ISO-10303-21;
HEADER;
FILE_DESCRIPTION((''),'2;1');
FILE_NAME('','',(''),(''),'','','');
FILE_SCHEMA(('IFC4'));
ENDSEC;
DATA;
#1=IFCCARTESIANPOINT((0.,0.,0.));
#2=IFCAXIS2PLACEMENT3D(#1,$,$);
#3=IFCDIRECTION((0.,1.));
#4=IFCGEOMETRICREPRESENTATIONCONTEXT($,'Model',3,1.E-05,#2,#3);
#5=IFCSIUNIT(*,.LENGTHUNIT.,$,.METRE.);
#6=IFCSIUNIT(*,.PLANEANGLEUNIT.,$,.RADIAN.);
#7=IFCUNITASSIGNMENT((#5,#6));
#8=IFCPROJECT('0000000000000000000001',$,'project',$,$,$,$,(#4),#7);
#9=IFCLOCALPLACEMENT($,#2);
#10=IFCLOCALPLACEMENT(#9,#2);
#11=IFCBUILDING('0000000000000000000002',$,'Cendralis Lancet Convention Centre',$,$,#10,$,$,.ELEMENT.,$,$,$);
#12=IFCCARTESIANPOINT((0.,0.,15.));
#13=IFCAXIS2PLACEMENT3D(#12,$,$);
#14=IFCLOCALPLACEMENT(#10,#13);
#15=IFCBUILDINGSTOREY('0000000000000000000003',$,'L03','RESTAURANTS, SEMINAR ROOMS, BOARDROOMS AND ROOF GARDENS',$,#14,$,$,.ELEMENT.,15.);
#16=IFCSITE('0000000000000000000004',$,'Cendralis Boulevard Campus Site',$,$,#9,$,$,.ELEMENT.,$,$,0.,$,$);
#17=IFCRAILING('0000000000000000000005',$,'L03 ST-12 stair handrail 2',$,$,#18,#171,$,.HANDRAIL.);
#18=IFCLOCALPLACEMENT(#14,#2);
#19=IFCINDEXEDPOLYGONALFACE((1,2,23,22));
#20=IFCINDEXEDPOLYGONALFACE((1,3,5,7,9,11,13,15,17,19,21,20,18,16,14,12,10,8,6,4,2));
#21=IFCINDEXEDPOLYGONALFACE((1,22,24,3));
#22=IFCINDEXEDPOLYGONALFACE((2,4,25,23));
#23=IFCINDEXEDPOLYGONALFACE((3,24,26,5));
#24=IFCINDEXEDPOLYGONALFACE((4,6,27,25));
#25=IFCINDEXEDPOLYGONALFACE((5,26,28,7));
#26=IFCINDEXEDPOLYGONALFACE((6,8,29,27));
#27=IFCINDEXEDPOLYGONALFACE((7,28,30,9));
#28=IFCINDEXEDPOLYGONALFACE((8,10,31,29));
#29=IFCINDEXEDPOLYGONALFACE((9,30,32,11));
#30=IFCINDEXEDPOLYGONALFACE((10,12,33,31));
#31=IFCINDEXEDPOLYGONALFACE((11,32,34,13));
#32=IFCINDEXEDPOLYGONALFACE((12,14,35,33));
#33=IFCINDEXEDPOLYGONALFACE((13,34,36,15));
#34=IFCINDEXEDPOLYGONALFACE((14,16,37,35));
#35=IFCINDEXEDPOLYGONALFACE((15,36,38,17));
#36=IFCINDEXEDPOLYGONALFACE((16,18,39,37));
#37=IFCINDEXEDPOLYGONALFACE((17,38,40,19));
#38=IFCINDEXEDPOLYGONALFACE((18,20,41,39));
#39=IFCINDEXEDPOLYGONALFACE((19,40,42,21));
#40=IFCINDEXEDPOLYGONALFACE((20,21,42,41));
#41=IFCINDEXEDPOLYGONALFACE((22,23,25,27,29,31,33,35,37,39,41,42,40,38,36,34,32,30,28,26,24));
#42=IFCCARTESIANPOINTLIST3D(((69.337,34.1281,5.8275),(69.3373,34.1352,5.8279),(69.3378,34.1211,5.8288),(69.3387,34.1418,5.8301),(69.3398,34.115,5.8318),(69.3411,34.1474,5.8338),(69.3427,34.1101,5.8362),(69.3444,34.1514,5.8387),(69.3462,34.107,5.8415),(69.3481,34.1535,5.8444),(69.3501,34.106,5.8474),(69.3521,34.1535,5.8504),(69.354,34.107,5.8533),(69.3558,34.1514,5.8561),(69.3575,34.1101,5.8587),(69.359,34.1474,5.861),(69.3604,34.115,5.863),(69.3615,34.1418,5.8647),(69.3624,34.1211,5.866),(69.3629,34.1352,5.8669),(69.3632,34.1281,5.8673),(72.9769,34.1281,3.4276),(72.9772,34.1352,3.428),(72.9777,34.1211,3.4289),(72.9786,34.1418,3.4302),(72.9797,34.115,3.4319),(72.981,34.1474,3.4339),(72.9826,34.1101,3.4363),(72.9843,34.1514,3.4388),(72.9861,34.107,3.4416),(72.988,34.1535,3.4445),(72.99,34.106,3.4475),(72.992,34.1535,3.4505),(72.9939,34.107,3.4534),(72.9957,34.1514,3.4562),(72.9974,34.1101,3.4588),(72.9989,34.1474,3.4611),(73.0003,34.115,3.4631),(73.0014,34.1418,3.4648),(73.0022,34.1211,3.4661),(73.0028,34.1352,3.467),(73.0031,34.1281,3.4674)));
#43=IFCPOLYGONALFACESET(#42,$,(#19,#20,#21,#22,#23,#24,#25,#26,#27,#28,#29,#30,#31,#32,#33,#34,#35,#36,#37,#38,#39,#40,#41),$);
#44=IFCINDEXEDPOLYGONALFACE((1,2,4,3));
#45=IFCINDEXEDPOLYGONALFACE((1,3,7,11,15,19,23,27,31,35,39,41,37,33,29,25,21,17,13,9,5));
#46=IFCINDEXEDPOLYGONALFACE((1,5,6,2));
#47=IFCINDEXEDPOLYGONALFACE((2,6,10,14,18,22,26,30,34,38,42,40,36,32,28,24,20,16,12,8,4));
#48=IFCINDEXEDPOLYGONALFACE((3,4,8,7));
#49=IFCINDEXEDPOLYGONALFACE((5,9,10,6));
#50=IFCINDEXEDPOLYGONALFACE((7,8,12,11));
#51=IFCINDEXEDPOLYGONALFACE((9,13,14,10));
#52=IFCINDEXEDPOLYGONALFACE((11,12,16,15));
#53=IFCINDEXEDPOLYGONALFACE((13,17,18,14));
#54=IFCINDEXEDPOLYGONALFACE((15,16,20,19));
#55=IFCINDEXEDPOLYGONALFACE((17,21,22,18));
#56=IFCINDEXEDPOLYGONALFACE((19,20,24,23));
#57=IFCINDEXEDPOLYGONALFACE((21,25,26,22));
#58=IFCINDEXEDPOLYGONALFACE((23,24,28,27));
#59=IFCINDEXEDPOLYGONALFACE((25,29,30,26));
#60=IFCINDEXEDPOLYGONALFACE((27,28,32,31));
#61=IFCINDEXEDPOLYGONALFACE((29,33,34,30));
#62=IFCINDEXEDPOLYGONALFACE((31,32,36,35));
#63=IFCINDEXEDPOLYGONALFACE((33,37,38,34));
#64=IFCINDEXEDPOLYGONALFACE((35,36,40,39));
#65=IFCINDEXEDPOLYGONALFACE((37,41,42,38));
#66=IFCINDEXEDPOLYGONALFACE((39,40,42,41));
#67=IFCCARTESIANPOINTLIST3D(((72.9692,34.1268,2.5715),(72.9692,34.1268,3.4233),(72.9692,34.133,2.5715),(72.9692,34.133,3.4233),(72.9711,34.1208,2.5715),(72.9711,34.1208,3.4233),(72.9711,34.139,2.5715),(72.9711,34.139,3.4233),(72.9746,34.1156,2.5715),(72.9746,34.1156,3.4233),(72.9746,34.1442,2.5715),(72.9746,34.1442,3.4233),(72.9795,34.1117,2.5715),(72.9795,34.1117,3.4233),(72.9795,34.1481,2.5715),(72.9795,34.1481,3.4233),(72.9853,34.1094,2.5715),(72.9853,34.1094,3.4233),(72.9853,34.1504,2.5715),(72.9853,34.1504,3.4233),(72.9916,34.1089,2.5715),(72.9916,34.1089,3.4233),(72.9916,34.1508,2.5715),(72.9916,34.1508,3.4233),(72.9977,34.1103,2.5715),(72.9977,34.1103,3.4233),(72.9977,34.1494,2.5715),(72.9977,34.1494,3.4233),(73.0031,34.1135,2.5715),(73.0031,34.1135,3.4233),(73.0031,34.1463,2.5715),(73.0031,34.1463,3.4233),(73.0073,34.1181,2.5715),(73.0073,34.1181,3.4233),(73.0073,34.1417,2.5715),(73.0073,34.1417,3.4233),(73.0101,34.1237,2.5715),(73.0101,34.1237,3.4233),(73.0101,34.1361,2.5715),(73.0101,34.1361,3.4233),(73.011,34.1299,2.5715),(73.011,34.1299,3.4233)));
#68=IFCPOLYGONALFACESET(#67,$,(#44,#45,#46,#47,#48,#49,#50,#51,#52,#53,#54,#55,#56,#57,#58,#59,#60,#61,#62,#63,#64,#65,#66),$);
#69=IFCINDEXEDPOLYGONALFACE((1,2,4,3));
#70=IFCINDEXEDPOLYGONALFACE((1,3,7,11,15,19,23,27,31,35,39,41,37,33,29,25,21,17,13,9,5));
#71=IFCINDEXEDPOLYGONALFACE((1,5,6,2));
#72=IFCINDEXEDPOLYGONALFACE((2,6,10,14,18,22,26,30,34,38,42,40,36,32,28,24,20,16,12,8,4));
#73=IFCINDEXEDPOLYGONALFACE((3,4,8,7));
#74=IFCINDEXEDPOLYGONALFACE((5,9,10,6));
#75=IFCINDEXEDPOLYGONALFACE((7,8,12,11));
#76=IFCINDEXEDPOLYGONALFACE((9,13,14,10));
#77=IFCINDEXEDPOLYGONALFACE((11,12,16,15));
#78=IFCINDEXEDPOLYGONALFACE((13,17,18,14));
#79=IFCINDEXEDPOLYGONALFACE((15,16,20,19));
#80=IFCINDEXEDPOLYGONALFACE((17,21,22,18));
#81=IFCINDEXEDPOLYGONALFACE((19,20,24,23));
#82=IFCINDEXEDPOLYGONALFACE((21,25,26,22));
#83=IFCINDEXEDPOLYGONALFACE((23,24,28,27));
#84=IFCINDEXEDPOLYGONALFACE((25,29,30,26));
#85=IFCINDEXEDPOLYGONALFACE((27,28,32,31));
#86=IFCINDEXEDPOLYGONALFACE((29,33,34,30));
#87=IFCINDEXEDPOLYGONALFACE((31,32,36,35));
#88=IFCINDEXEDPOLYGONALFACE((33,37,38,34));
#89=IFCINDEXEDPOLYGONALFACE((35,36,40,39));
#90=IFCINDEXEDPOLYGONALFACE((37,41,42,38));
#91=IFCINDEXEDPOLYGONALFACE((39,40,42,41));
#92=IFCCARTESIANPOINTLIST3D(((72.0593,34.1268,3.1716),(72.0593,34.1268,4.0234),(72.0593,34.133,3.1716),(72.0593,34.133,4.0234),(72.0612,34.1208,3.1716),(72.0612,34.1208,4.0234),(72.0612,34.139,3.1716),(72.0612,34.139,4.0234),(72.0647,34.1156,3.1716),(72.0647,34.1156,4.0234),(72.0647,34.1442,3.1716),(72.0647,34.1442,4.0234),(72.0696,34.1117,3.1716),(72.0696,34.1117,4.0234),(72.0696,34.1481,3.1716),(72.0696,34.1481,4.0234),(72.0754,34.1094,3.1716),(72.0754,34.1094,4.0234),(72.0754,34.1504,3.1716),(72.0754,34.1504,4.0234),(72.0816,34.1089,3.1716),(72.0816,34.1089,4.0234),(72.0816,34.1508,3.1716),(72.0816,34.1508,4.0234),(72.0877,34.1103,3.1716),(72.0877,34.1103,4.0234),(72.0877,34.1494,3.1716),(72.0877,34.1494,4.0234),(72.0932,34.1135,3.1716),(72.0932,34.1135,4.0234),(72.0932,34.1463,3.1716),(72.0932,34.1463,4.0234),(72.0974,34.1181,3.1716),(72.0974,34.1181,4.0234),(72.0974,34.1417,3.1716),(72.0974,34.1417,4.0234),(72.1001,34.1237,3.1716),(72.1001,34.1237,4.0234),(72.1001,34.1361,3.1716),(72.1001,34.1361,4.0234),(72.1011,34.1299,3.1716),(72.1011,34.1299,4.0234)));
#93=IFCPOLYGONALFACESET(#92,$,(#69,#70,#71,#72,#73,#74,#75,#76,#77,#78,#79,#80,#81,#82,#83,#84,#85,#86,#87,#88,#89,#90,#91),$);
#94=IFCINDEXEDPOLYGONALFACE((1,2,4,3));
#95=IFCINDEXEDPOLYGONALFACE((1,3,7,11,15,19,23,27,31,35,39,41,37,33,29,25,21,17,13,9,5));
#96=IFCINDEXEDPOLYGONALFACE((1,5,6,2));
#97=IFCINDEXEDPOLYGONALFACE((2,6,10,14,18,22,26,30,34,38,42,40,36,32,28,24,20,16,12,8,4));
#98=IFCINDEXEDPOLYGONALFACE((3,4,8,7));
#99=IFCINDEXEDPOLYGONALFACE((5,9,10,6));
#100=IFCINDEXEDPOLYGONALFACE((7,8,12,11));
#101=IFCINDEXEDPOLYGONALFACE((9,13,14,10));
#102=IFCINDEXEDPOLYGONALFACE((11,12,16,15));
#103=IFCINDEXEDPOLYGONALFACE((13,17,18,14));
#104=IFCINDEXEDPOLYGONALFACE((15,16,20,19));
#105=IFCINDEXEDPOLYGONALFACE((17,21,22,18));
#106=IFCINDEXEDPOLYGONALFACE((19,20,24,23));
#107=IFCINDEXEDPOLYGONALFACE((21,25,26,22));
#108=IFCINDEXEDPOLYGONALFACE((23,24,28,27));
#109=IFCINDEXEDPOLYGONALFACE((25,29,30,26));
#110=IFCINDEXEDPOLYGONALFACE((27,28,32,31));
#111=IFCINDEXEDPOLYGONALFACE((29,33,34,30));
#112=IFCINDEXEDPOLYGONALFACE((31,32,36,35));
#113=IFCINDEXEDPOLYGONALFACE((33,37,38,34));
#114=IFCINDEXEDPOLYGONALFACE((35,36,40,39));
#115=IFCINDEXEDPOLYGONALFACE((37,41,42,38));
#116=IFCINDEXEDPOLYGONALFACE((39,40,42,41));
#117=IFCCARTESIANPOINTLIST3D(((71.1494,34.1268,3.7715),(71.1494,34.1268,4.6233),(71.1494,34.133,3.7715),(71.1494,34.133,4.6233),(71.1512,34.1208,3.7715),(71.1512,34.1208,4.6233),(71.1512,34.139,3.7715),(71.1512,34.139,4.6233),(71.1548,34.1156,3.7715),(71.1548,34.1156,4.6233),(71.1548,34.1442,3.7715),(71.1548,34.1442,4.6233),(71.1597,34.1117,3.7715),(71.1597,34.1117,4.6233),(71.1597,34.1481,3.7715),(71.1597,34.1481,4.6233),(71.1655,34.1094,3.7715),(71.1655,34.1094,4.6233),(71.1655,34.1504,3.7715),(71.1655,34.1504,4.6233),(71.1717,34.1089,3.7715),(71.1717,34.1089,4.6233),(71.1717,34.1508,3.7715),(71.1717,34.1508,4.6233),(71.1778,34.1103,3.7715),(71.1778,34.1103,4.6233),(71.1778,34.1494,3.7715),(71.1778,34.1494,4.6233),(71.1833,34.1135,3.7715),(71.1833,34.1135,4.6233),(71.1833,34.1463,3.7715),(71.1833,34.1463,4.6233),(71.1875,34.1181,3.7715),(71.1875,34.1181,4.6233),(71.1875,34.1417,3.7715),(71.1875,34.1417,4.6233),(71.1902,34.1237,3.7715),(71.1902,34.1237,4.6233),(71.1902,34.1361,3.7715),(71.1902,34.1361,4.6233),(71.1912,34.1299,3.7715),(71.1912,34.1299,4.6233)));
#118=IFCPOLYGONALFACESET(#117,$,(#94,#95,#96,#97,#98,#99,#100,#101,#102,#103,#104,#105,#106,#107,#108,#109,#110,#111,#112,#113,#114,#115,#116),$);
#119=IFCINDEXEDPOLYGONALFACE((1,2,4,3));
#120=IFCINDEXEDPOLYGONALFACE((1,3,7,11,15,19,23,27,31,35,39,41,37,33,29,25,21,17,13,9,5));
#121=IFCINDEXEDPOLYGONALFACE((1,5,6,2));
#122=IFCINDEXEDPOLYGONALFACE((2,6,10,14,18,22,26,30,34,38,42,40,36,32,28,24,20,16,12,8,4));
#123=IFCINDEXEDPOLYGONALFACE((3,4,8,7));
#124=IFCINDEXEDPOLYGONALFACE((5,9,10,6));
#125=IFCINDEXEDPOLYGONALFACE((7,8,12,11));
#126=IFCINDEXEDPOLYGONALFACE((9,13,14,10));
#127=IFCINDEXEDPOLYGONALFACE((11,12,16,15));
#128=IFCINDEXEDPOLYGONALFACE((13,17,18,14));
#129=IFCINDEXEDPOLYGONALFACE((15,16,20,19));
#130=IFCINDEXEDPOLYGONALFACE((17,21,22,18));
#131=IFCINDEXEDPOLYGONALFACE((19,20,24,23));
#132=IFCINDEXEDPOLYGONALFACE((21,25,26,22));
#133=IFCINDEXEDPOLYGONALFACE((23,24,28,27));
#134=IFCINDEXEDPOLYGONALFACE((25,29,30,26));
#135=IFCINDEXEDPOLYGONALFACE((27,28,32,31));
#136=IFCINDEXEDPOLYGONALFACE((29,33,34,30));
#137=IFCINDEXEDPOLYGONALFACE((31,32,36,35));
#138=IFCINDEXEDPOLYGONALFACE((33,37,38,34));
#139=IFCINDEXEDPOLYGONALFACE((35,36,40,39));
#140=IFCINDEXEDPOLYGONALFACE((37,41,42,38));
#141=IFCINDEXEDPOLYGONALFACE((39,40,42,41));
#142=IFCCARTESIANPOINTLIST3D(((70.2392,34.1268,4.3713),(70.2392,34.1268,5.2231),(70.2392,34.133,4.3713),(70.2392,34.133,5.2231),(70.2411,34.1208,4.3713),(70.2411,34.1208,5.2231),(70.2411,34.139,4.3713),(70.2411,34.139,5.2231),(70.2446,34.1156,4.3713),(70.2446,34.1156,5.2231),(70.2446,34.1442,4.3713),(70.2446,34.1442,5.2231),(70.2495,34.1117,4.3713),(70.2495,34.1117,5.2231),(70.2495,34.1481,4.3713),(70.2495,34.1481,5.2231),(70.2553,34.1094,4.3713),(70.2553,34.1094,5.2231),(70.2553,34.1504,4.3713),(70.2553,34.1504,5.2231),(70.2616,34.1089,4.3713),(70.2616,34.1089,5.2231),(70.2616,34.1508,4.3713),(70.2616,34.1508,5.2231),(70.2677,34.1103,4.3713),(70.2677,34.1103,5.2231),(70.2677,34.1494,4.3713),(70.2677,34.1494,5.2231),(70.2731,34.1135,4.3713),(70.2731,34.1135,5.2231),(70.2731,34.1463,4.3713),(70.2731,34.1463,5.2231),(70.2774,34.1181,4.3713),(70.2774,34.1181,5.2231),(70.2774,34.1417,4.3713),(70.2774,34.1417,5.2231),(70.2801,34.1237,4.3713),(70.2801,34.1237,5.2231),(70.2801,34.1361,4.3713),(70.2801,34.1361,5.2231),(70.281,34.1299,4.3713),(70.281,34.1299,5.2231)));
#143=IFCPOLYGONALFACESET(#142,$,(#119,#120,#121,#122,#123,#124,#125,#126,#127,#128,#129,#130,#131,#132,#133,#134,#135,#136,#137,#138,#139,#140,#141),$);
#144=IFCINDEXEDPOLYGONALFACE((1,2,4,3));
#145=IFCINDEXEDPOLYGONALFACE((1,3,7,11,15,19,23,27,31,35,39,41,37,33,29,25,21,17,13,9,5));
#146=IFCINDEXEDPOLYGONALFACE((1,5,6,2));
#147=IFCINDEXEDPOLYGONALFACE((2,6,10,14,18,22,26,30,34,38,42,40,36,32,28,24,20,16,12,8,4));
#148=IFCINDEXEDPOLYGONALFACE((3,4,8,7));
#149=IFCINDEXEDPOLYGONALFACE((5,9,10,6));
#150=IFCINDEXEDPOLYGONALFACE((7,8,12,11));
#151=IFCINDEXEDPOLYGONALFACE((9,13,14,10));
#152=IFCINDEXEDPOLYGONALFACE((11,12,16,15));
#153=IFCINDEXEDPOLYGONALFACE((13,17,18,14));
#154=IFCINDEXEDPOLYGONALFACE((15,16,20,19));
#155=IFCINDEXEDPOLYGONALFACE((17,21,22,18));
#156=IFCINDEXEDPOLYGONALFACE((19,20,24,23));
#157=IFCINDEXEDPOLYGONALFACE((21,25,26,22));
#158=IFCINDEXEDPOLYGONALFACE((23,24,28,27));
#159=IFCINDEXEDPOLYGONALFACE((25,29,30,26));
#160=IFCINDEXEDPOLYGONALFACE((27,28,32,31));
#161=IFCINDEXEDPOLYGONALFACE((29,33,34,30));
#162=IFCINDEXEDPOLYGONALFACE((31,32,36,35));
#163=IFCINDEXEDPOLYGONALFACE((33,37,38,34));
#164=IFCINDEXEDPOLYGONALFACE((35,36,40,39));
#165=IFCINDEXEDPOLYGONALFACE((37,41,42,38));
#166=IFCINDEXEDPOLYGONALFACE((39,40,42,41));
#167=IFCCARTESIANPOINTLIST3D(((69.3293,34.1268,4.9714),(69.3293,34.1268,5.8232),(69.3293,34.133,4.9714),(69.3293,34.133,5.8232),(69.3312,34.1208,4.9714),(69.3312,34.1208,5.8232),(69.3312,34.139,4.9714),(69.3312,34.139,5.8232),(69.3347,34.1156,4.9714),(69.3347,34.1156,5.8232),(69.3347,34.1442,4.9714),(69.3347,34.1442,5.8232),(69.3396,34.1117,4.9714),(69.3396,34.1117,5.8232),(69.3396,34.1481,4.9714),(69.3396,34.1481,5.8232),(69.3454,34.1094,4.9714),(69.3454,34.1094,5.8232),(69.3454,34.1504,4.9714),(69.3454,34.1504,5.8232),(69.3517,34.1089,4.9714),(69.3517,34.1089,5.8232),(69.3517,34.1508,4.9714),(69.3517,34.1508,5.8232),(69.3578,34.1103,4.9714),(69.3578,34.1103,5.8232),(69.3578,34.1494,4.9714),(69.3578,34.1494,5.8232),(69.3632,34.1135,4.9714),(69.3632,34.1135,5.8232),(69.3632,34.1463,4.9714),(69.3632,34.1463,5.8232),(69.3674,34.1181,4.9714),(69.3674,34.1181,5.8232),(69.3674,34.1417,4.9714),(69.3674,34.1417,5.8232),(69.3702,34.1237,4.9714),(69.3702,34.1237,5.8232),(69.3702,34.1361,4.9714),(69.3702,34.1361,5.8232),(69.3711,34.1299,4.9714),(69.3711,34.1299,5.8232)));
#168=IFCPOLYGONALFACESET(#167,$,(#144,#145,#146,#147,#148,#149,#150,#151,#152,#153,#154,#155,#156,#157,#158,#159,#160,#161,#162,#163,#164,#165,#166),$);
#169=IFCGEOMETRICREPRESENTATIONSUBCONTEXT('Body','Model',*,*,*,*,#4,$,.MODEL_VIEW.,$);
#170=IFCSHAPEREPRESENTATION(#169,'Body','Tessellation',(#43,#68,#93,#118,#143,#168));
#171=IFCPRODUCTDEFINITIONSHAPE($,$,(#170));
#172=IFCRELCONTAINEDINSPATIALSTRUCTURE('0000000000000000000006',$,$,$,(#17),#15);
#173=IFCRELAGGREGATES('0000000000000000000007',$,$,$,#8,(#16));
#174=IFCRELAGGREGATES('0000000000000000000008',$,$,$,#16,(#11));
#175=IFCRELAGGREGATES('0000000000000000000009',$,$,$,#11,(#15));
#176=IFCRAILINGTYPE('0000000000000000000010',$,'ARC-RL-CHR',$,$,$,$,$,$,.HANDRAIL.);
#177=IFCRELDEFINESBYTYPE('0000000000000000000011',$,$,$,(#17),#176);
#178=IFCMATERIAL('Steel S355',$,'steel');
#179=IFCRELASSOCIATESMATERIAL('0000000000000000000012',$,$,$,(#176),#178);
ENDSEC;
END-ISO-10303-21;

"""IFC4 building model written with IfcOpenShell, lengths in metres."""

from ifc_helpers import new_model, si_unit, direction, frame, origin, origin_2d, place, context, subcontext, project, spatial, circle, extrude, material, type_object, element, save


model = new_model("IFC4")

# Units and contexts
model_context = context("Model", 3, precision=1e-05, world=origin(), true_north=direction((0.0, 1.0)))
body_context = subcontext(model_context, "Body", "Model", "MODEL_VIEW")
ifc_project = project(units=[si_unit("LENGTHUNIT", "METRE"), si_unit("PLANEANGLEUNIT", "RADIAN")], contexts=[model_context])

# Site, building, storey
site_placement = place(None, origin())
site = spatial("IfcSite", under=ifc_project, at=site_placement, Name="Cendralis Boulevard Campus Site", CompositionType="ELEMENT", RefElevation=0.0)
building_placement = place(site_placement, origin())
building = spatial("IfcBuilding", under=site, at=building_placement, Name="Cendralis Lancet Convention Centre", CompositionType="ELEMENT")
storey_placement = place(building_placement, frame((0.0, 0.0, 15.0)))
storey = spatial("IfcBuildingStorey", under=building, at=storey_placement, Name="L03", Description="RESTAURANTS, SEMINAR ROOMS, BOARDROOMS AND ROOF GARDENS", CompositionType="ELEMENT", Elevation=15.0)

# Railing
ifc_material_1 = material(Name="Steel S355", Category="steel")
railing_type_1 = type_object("IfcRailingType", Name="ARC-RL-CHR", PredefinedType="HANDRAIL", material=ifc_material_1)
railing_1_placement = place(storey_placement, frame((72.99, 34.1299, 2.5715)))
element("IfcRailing", 1, at=railing_1_placement, inside=storey, type_object=railing_type_1, Name="L03 ST-12 stair handrail 2", PredefinedType="HANDRAIL", context=body_context, shape_type="SweptSolid", body=[
    extrude(circle(Radius=0.0239, at=origin_2d()), frame((0.0, 0.0, 0.876), z_axis=(-0.834865, 0.0, 0.550454), x_axis=(0.0, -1.0, 0.0)), (0.0, 0.0, 1.0), 4.3599),
    extrude(circle(Radius=0.021, at=origin_2d()), origin(), (0.0, 0.0, 1.0), 0.8518),
    extrude(circle(Radius=0.021, at=origin_2d()), frame((-0.9099, 0.0, 0.6001)), (0.0, 0.0, 1.0), 0.8518),
    extrude(circle(Radius=0.021, at=origin_2d()), frame((-1.8198, 0.0, 1.2)), (0.0, 0.0, 1.0), 0.8518),
    extrude(circle(Radius=0.021, at=origin_2d()), frame((-2.73, 0.0, 1.7998)), (0.0, 0.0, 1.0), 0.8518),
    extrude(circle(Radius=0.021, at=origin_2d()), frame((-3.6399, 0.0, 2.3999)), (0.0, 0.0, 1.0), 0.8518),
])

save(model, "model.ifc")
